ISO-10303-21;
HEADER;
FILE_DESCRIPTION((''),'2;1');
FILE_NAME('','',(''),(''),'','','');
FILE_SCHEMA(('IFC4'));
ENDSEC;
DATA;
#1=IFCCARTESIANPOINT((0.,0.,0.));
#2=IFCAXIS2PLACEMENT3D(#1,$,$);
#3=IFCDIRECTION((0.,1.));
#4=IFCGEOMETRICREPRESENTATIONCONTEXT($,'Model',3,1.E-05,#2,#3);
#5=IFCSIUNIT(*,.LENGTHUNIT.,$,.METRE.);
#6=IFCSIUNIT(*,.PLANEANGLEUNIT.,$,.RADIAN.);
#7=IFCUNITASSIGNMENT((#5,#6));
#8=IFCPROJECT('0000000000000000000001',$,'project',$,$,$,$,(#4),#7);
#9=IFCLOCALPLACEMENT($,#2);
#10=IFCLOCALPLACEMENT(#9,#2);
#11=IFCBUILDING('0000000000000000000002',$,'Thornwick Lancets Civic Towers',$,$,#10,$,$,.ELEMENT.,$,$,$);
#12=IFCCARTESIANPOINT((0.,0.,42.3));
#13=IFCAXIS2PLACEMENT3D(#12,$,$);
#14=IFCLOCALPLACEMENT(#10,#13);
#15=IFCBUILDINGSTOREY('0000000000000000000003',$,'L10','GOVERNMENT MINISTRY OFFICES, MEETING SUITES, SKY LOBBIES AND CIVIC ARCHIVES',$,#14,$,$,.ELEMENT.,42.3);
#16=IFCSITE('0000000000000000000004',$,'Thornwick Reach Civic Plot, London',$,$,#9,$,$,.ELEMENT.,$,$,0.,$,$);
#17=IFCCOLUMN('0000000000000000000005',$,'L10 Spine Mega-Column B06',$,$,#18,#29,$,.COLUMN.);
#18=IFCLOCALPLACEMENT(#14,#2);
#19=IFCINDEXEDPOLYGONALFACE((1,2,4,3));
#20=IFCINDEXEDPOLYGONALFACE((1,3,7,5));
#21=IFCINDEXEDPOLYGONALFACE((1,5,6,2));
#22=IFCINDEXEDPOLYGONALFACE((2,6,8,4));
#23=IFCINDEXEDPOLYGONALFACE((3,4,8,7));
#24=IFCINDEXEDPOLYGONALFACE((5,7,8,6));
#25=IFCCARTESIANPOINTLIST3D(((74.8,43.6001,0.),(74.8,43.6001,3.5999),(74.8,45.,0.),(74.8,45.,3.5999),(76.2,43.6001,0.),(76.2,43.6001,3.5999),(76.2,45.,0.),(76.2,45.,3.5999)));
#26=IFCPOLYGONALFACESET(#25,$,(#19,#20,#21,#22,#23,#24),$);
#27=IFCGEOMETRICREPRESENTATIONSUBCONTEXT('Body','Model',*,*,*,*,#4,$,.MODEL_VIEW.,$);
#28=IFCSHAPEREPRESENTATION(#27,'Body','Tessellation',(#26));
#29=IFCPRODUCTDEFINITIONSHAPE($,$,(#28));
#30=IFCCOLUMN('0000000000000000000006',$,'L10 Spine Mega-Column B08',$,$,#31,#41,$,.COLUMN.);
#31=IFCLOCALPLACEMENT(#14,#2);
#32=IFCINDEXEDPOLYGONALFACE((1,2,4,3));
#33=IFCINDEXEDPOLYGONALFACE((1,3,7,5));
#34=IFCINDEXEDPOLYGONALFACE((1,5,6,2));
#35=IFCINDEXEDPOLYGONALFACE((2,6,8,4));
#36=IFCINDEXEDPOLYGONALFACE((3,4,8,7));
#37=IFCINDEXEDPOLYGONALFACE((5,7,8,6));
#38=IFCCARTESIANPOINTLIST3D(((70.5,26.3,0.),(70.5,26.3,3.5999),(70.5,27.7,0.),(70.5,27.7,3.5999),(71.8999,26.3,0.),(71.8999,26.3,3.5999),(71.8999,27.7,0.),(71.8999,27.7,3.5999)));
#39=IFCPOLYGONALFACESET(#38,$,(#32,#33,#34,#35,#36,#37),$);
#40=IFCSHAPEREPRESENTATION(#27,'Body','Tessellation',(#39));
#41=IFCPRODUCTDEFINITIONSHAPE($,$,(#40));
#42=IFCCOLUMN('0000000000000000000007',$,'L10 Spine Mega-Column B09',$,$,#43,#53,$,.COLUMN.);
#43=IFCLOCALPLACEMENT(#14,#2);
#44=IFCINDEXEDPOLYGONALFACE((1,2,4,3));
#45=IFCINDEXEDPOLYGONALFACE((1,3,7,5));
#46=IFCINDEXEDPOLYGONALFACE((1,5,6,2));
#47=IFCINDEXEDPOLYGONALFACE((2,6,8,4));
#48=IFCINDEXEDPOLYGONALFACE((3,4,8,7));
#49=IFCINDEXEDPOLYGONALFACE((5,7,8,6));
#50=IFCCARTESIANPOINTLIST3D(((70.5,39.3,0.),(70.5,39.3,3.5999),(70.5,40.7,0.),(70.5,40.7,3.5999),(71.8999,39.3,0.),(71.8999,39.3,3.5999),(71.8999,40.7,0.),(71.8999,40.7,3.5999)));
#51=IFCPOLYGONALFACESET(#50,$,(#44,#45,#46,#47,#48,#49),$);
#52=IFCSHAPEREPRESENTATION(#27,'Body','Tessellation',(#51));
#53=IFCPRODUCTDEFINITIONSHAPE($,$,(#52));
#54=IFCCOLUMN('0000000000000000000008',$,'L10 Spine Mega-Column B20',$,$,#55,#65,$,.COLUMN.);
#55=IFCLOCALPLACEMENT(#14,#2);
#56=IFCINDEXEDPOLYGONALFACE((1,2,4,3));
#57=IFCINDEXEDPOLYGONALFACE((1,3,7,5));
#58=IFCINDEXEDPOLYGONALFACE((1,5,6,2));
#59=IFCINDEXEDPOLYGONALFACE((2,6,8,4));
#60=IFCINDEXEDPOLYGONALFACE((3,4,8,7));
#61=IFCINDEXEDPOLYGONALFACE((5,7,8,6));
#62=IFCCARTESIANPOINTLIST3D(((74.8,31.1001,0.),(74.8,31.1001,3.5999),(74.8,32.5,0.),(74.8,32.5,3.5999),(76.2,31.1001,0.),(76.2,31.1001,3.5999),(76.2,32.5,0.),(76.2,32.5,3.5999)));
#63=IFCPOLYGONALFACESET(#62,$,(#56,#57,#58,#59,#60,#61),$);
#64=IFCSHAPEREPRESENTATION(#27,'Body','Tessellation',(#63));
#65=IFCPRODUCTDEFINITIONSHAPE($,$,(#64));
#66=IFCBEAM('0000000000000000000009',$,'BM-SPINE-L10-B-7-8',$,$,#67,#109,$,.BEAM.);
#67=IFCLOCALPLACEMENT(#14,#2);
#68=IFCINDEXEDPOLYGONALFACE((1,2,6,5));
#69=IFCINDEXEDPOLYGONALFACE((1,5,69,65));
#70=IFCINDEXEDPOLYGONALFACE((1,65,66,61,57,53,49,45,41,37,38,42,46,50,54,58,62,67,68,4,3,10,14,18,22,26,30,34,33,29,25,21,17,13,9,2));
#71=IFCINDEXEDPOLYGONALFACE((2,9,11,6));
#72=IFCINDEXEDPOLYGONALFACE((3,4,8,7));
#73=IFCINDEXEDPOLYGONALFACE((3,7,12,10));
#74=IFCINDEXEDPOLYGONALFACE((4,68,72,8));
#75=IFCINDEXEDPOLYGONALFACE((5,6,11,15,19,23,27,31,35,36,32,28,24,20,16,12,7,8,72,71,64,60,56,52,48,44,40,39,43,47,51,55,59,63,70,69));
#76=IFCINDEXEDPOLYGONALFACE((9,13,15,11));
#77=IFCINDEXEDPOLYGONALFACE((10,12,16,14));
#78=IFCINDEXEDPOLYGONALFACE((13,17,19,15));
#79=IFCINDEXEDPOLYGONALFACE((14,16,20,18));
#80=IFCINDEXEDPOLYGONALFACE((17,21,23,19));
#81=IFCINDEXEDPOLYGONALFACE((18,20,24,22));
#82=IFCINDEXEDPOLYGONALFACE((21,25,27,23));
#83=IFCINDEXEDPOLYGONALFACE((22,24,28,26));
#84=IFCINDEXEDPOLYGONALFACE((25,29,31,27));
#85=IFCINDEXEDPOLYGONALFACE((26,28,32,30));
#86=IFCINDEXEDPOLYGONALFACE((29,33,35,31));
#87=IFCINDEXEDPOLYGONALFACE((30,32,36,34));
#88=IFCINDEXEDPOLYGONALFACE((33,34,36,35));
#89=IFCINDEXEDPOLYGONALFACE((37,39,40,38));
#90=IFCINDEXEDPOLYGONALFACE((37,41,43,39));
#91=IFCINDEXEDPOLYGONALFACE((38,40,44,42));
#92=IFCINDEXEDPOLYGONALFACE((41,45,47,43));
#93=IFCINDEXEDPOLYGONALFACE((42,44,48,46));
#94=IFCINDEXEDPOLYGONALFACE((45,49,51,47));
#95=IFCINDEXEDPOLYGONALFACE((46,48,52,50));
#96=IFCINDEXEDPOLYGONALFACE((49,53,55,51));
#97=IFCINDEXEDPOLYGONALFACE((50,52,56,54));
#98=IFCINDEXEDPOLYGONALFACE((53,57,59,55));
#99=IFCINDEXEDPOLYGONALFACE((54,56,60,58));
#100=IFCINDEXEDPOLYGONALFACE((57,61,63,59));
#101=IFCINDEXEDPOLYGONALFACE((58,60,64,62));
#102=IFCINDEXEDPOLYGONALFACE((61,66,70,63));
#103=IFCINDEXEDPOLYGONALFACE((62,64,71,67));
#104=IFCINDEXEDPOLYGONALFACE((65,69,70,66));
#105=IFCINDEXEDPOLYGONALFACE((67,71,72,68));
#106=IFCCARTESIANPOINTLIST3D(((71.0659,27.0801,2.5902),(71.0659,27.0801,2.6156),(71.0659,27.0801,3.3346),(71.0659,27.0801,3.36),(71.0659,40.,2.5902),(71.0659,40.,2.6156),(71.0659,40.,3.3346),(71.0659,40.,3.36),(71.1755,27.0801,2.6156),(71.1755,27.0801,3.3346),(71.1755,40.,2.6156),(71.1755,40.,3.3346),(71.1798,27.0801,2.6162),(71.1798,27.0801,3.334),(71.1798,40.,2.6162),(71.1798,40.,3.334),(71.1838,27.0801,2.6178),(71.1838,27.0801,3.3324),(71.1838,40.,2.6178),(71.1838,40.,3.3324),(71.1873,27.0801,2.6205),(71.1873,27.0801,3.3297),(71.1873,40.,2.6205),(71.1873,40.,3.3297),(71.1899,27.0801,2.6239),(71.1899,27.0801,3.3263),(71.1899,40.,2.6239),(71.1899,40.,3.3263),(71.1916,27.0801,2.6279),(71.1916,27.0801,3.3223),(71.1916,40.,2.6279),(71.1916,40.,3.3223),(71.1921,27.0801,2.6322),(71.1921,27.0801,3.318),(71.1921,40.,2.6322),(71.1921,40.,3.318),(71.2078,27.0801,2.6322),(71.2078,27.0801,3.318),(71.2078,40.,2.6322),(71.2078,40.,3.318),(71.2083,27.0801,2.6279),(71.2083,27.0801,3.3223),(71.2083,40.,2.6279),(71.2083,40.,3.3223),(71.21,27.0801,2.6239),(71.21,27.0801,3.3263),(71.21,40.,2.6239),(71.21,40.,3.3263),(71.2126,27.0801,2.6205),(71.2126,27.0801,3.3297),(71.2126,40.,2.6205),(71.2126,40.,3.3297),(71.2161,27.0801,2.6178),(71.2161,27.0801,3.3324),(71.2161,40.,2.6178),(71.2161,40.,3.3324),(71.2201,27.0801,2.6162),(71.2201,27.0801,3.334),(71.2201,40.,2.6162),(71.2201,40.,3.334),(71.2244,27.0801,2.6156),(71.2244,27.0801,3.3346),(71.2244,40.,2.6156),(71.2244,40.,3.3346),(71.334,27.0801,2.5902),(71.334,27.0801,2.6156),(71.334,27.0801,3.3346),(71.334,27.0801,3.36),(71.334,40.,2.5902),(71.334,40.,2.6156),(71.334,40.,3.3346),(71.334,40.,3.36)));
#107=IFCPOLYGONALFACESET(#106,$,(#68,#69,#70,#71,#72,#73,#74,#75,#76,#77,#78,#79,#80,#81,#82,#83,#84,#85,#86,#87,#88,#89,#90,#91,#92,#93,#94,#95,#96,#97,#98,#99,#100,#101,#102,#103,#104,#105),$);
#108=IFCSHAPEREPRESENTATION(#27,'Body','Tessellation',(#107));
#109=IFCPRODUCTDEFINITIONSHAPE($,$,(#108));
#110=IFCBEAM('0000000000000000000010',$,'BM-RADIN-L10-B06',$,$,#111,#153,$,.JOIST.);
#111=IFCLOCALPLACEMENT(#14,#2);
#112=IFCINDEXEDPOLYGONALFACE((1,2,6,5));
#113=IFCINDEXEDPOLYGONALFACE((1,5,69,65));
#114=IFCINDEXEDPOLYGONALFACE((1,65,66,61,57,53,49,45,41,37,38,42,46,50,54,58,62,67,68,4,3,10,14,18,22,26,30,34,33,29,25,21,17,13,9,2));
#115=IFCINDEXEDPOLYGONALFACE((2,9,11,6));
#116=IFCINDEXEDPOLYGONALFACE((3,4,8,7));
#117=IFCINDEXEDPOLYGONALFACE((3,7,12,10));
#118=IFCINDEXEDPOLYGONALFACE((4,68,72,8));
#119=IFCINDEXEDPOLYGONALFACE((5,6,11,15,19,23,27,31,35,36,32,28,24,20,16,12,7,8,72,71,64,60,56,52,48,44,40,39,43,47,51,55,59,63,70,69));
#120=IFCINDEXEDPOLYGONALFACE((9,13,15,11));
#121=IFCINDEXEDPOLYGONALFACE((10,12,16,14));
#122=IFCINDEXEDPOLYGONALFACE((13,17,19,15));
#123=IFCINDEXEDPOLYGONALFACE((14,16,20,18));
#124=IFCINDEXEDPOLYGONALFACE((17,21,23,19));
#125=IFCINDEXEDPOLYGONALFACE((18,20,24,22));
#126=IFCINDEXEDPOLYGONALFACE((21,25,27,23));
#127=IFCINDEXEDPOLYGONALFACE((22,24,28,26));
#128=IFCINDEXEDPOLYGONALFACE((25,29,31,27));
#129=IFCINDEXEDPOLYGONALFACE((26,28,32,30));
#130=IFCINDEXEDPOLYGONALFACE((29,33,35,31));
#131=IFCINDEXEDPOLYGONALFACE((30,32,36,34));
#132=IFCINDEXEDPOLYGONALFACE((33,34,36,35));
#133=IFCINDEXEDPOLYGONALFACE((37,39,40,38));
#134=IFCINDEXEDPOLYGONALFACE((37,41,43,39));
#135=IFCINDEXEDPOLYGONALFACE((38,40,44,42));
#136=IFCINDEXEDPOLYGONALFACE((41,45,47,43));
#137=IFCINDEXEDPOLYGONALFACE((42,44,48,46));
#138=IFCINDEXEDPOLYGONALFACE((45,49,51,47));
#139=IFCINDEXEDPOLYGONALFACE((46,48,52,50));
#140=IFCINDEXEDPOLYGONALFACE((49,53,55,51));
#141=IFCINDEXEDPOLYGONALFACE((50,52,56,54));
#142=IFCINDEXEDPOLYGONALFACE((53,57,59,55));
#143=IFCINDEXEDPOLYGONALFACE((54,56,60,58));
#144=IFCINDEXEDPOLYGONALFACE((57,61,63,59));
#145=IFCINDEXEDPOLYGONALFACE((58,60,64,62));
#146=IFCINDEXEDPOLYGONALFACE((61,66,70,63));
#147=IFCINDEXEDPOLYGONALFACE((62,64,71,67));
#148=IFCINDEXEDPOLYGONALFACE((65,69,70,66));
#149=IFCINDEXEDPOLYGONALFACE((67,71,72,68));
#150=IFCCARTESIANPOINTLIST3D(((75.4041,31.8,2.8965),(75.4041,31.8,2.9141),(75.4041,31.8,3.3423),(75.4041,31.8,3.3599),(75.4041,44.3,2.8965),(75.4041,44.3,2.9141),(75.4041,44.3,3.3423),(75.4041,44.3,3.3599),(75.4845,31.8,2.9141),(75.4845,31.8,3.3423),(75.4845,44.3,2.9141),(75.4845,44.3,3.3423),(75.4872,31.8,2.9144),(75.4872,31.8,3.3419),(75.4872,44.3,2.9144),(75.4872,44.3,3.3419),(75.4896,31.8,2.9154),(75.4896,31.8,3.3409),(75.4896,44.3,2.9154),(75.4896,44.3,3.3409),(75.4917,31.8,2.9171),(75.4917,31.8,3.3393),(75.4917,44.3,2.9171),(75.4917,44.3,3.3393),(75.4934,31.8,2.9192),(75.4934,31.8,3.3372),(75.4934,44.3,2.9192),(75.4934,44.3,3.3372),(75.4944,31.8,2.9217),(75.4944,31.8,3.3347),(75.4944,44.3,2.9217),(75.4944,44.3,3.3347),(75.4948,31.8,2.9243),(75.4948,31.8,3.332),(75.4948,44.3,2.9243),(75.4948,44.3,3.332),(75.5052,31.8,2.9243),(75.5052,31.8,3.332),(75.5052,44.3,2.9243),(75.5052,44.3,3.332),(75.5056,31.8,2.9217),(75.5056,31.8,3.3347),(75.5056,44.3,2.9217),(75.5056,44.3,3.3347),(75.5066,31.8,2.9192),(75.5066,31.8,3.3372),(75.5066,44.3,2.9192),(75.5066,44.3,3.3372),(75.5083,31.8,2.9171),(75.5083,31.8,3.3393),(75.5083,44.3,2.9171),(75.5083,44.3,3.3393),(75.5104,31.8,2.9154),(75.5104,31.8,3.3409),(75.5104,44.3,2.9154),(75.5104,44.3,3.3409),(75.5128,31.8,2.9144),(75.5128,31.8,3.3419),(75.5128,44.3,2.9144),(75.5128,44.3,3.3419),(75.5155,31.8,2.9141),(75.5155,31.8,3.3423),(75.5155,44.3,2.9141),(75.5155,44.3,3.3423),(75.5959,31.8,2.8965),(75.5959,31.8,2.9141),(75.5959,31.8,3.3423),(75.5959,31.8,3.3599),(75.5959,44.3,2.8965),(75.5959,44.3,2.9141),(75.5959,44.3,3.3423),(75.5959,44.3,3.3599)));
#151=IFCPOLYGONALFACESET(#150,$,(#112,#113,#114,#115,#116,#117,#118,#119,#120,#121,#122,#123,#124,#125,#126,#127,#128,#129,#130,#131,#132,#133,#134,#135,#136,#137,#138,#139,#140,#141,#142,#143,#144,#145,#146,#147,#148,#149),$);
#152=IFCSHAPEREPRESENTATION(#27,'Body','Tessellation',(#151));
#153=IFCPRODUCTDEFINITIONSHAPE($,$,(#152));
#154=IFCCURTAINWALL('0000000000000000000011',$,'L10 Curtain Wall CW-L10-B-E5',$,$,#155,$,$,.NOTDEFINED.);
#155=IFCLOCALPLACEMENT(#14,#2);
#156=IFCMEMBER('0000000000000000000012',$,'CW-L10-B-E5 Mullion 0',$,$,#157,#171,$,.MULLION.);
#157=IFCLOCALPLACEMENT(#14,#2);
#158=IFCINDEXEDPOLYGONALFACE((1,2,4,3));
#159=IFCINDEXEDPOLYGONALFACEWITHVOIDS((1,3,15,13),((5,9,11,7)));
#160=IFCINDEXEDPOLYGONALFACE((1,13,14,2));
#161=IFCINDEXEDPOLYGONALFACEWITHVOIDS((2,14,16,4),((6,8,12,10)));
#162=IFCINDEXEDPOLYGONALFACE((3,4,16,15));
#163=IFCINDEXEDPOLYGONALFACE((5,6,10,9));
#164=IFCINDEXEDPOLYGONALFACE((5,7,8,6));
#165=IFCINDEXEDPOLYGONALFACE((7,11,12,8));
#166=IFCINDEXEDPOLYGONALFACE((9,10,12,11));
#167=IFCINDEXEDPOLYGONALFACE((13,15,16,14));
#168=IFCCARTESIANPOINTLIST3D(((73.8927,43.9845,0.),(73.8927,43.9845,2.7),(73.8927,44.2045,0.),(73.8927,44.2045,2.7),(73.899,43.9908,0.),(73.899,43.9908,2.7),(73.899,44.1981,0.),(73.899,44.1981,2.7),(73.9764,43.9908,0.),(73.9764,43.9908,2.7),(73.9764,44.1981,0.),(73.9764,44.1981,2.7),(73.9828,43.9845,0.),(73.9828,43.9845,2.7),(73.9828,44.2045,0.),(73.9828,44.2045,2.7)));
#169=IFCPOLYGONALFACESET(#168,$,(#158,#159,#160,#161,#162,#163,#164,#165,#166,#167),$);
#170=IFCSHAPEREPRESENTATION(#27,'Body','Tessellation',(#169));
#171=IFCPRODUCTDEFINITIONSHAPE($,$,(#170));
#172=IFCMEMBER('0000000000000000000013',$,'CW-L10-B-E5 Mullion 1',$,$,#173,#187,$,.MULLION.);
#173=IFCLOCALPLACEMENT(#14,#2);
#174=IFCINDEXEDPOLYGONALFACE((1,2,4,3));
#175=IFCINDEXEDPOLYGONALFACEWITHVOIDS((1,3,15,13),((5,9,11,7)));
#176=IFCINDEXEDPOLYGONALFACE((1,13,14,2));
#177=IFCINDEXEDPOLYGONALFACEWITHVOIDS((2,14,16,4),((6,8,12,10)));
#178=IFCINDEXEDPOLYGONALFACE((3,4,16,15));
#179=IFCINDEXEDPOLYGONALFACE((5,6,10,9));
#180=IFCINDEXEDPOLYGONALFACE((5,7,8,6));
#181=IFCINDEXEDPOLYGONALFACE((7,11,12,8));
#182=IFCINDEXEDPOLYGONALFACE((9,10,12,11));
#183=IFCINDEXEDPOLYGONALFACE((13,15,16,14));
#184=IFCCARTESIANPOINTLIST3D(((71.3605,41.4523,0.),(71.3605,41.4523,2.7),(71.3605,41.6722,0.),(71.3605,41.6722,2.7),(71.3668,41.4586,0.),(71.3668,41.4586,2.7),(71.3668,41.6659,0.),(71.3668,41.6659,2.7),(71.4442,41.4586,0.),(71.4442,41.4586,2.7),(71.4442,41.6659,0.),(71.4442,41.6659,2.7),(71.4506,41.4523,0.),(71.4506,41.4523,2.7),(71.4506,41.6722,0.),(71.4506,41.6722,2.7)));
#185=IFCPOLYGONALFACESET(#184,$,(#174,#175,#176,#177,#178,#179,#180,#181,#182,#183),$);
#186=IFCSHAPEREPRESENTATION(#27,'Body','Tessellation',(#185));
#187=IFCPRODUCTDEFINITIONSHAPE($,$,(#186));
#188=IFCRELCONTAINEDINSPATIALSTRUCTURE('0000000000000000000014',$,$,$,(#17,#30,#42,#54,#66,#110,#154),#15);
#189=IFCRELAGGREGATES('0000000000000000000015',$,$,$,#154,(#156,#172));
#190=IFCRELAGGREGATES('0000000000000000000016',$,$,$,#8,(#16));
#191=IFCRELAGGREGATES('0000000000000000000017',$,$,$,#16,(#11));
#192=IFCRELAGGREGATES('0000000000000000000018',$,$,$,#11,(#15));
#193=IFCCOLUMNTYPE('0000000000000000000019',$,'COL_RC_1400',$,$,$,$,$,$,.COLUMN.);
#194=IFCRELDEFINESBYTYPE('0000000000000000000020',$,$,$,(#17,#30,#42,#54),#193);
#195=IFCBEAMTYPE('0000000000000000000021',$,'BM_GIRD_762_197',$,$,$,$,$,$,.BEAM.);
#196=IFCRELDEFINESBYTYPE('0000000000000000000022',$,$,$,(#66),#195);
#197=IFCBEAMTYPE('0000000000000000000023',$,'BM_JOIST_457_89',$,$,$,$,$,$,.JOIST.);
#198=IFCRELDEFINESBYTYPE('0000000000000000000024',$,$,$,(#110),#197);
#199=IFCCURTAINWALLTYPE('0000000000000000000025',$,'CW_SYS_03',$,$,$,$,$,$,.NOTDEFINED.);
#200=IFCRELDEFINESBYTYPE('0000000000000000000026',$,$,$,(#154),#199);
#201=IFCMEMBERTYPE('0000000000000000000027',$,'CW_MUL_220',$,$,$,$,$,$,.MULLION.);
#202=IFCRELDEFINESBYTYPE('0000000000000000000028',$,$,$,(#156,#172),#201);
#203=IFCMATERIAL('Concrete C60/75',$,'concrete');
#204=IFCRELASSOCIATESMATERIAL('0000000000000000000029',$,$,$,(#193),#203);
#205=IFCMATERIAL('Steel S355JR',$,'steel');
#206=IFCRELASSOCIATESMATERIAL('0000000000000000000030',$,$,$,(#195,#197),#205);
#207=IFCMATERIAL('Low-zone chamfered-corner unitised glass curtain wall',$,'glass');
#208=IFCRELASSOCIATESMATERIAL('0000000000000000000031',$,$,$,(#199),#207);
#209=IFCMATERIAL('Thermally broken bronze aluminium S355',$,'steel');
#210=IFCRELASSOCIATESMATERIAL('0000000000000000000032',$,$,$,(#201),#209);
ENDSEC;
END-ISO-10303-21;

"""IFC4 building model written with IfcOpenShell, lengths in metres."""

from ifc_helpers import new_model, si_unit, direction, frame, origin, origin_2d, place, context, subcontext, project, spatial, rectangle, hollow_rectangle, i_section, extrude, material, material_profile, profile_set, type_object, element, aggregate, save


model = new_model("IFC4")

# Units and contexts
model_context = context("Model", 3, precision=1e-05, world=origin(), true_north=direction((0.0, 1.0)))
body_context = subcontext(model_context, "Body", "Model", "MODEL_VIEW")
ifc_project = project(units=[si_unit("LENGTHUNIT", "METRE"), si_unit("PLANEANGLEUNIT", "RADIAN")], contexts=[model_context])

# Site, building, storey
site_placement = place(None, origin())
site = spatial("IfcSite", under=ifc_project, at=site_placement, Name="Thornwick Reach Civic Plot, London", CompositionType="ELEMENT", RefElevation=0.0)
building_placement = place(site_placement, origin())
building = spatial("IfcBuilding", under=site, at=building_placement, Name="Thornwick Lancets Civic Towers", CompositionType="ELEMENT")
storey_placement = place(building_placement, frame((0.0, 0.0, 42.3)))
storey = spatial("IfcBuildingStorey", under=building, at=storey_placement, Name="L10", Description="GOVERNMENT MINISTRY OFFICES, MEETING SUITES, SKY LOBBIES AND CIVIC ARCHIVES", CompositionType="ELEMENT", Elevation=42.3)

# Columns
ifc_material_1 = material(Name="Concrete C60/75", Category="concrete")
ifc_material_profile_1 = material_profile(ifc_material_1, rectangle(XDim=1.3999, YDim=1.3999, at=origin_2d()), Name="RC 1400x1400")
ifc_profile_set_1 = profile_set([ifc_material_profile_1], Name="Concrete C60/75")
column_type = type_object("IfcColumnType", Name="COL_RC_1400", PredefinedType="COLUMN", material=ifc_profile_set_1)
for number, where, z_axis, x_axis, name in (
    (1, (75.5, 44.3, 0.0), (0.0, 0.0, 1.0), (1.0, 0.0, 0.0), "L10 Spine Mega-Column B06"),
    (2, (71.2, 27.0, 0.0), (0.0, 0.0, 1.0), (1.0, 0.0, 0.0), "L10 Spine Mega-Column B08"),
    (3, (71.2, 40.0, 0.0), (0.0, 0.0, 1.0), (1.0, 0.0, 0.0), "L10 Spine Mega-Column B09"),
    (4, (75.5, 31.8, 0.0), (0.0, 0.0, 1.0), (1.0, 0.0, 0.0), "L10 Spine Mega-Column B20"),
):
    element("IfcColumn", number, at=place(storey_placement, frame(where, z_axis=z_axis, x_axis=x_axis)), inside=storey, type_object=column_type, Name=name, PredefinedType="COLUMN", context=body_context, shape_type="SweptSolid", body=[
        extrude(rectangle(XDim=1.3999, YDim=1.3999, at=origin_2d()), origin(), (0.0, 0.0, 1.0), 3.5999),
    ])

# Beams
ifc_material_2 = material(Name="Steel S355JR", Category="steel")
ifc_material_profile_2 = material_profile(ifc_material_2, i_section(OverallWidth=0.2681, OverallDepth=0.7698, WebThickness=0.0156, FlangeThickness=0.0254, FilletRadius=0.0166, at=origin_2d()), Name="UKB 762x267x197")
ifc_profile_set_2 = profile_set([ifc_material_profile_2], Name="Steel S355JR")
beam_type_1 = type_object("IfcBeamType", Name="BM_GIRD_762_197", PredefinedType="BEAM", material=ifc_profile_set_2)
beam_1_placement = place(storey_placement, frame((71.2, 27.0801, 2.9751), z_axis=(0.0, 1.0, 0.0), x_axis=(-1.0, 0.0, 0.0)))
element("IfcBeam", 5, at=beam_1_placement, inside=storey, type_object=beam_type_1, Name="BM-SPINE-L10-B-7-8", PredefinedType="BEAM", context=body_context, shape_type="SweptSolid", body=[
    extrude(i_section(OverallWidth=0.2681, OverallDepth=0.7698, WebThickness=0.0156, FlangeThickness=0.0254, FilletRadius=0.0166, at=origin_2d()), origin(), (0.0, 0.0, 1.0), 12.9199),
])
ifc_material_profile_3 = material_profile(ifc_material_2, i_section(OverallWidth=0.1919, OverallDepth=0.4634, WebThickness=0.0105, FlangeThickness=0.0176, FilletRadius=0.0103, at=origin_2d()), Name="UKB 457x191x89")
ifc_profile_set_3 = profile_set([ifc_material_profile_3], Name="Steel S355JR")
beam_type_2 = type_object("IfcBeamType", Name="BM_JOIST_457_89", PredefinedType="JOIST", material=ifc_profile_set_3)
beam_2_placement = place(storey_placement, frame((75.5, 31.8, 3.1282), z_axis=(0.0, 1.0, 0.0), x_axis=(-1.0, 0.0, 0.0)))
element("IfcBeam", 6, at=beam_2_placement, inside=storey, type_object=beam_type_2, Name="BM-RADIN-L10-B06", PredefinedType="JOIST", context=body_context, shape_type="SweptSolid", body=[
    extrude(i_section(OverallWidth=0.1919, OverallDepth=0.4634, WebThickness=0.0105, FlangeThickness=0.0176, FilletRadius=0.0103, at=origin_2d()), origin(), (0.0, 0.0, 1.0), 12.5),
])

# Curtain wall, members
ifc_material_3 = material(Name="Low-zone chamfered-corner unitised glass curtain wall", Category="glass")
curtain_wall_type = type_object("IfcCurtainWallType", Name="CW_SYS_03", PredefinedType="NOTDEFINED", material=ifc_material_3)
curtain_wall_placement = place(storey_placement, origin())
curtain_wall = element("IfcCurtainWall", 7, at=curtain_wall_placement, inside=storey, type_object=curtain_wall_type, Name="L10 Curtain Wall CW-L10-B-E5", PredefinedType="NOTDEFINED")
ifc_material_4 = material(Name="Thermally broken bronze aluminium S355", Category="steel")
ifc_material_profile_4 = material_profile(ifc_material_4, hollow_rectangle(XDim=0.0901, YDim=0.22, WallThickness=0.0063, at=origin_2d()), Name="RHS 220x90x6.3")
ifc_profile_set_4 = profile_set([ifc_material_profile_4], Name="Thermally broken bronze aluminium S355")
member_type_1 = type_object("IfcMemberType", Name="CW_MUL_220", PredefinedType="MULLION", material=ifc_profile_set_4)
member_1_placement = place(storey_placement, frame((73.9377, 44.0945, 0.0), z_axis=(0.0, 0.0, 1.0), x_axis=(1.0, 0.0, 0.0)))
member_1 = element("IfcMember", 8, at=member_1_placement, type_object=member_type_1, Name="CW-L10-B-E5 Mullion 0", PredefinedType="MULLION", context=body_context, shape_type="SweptSolid", body=[
    extrude(hollow_rectangle(XDim=0.0901, YDim=0.22, WallThickness=0.0063, at=origin_2d()), origin(), (0.0, 0.0, 1.0), 2.7),
])
member_2_placement = place(storey_placement, frame((71.4055, 41.5623, 0.0), z_axis=(0.0, 0.0, 1.0), x_axis=(1.0, 0.0, 0.0)))
member_2 = element("IfcMember", 9, at=member_2_placement, type_object=member_type_1, Name="CW-L10-B-E5 Mullion 1", PredefinedType="MULLION", context=body_context, shape_type="SweptSolid", body=[
    extrude(hollow_rectangle(XDim=0.0901, YDim=0.22, WallThickness=0.0063, at=origin_2d()), origin(), (0.0, 0.0, 1.0), 2.7),
])
aggregate(curtain_wall, [member_1, member_2])

save(model, "model.ifc")
